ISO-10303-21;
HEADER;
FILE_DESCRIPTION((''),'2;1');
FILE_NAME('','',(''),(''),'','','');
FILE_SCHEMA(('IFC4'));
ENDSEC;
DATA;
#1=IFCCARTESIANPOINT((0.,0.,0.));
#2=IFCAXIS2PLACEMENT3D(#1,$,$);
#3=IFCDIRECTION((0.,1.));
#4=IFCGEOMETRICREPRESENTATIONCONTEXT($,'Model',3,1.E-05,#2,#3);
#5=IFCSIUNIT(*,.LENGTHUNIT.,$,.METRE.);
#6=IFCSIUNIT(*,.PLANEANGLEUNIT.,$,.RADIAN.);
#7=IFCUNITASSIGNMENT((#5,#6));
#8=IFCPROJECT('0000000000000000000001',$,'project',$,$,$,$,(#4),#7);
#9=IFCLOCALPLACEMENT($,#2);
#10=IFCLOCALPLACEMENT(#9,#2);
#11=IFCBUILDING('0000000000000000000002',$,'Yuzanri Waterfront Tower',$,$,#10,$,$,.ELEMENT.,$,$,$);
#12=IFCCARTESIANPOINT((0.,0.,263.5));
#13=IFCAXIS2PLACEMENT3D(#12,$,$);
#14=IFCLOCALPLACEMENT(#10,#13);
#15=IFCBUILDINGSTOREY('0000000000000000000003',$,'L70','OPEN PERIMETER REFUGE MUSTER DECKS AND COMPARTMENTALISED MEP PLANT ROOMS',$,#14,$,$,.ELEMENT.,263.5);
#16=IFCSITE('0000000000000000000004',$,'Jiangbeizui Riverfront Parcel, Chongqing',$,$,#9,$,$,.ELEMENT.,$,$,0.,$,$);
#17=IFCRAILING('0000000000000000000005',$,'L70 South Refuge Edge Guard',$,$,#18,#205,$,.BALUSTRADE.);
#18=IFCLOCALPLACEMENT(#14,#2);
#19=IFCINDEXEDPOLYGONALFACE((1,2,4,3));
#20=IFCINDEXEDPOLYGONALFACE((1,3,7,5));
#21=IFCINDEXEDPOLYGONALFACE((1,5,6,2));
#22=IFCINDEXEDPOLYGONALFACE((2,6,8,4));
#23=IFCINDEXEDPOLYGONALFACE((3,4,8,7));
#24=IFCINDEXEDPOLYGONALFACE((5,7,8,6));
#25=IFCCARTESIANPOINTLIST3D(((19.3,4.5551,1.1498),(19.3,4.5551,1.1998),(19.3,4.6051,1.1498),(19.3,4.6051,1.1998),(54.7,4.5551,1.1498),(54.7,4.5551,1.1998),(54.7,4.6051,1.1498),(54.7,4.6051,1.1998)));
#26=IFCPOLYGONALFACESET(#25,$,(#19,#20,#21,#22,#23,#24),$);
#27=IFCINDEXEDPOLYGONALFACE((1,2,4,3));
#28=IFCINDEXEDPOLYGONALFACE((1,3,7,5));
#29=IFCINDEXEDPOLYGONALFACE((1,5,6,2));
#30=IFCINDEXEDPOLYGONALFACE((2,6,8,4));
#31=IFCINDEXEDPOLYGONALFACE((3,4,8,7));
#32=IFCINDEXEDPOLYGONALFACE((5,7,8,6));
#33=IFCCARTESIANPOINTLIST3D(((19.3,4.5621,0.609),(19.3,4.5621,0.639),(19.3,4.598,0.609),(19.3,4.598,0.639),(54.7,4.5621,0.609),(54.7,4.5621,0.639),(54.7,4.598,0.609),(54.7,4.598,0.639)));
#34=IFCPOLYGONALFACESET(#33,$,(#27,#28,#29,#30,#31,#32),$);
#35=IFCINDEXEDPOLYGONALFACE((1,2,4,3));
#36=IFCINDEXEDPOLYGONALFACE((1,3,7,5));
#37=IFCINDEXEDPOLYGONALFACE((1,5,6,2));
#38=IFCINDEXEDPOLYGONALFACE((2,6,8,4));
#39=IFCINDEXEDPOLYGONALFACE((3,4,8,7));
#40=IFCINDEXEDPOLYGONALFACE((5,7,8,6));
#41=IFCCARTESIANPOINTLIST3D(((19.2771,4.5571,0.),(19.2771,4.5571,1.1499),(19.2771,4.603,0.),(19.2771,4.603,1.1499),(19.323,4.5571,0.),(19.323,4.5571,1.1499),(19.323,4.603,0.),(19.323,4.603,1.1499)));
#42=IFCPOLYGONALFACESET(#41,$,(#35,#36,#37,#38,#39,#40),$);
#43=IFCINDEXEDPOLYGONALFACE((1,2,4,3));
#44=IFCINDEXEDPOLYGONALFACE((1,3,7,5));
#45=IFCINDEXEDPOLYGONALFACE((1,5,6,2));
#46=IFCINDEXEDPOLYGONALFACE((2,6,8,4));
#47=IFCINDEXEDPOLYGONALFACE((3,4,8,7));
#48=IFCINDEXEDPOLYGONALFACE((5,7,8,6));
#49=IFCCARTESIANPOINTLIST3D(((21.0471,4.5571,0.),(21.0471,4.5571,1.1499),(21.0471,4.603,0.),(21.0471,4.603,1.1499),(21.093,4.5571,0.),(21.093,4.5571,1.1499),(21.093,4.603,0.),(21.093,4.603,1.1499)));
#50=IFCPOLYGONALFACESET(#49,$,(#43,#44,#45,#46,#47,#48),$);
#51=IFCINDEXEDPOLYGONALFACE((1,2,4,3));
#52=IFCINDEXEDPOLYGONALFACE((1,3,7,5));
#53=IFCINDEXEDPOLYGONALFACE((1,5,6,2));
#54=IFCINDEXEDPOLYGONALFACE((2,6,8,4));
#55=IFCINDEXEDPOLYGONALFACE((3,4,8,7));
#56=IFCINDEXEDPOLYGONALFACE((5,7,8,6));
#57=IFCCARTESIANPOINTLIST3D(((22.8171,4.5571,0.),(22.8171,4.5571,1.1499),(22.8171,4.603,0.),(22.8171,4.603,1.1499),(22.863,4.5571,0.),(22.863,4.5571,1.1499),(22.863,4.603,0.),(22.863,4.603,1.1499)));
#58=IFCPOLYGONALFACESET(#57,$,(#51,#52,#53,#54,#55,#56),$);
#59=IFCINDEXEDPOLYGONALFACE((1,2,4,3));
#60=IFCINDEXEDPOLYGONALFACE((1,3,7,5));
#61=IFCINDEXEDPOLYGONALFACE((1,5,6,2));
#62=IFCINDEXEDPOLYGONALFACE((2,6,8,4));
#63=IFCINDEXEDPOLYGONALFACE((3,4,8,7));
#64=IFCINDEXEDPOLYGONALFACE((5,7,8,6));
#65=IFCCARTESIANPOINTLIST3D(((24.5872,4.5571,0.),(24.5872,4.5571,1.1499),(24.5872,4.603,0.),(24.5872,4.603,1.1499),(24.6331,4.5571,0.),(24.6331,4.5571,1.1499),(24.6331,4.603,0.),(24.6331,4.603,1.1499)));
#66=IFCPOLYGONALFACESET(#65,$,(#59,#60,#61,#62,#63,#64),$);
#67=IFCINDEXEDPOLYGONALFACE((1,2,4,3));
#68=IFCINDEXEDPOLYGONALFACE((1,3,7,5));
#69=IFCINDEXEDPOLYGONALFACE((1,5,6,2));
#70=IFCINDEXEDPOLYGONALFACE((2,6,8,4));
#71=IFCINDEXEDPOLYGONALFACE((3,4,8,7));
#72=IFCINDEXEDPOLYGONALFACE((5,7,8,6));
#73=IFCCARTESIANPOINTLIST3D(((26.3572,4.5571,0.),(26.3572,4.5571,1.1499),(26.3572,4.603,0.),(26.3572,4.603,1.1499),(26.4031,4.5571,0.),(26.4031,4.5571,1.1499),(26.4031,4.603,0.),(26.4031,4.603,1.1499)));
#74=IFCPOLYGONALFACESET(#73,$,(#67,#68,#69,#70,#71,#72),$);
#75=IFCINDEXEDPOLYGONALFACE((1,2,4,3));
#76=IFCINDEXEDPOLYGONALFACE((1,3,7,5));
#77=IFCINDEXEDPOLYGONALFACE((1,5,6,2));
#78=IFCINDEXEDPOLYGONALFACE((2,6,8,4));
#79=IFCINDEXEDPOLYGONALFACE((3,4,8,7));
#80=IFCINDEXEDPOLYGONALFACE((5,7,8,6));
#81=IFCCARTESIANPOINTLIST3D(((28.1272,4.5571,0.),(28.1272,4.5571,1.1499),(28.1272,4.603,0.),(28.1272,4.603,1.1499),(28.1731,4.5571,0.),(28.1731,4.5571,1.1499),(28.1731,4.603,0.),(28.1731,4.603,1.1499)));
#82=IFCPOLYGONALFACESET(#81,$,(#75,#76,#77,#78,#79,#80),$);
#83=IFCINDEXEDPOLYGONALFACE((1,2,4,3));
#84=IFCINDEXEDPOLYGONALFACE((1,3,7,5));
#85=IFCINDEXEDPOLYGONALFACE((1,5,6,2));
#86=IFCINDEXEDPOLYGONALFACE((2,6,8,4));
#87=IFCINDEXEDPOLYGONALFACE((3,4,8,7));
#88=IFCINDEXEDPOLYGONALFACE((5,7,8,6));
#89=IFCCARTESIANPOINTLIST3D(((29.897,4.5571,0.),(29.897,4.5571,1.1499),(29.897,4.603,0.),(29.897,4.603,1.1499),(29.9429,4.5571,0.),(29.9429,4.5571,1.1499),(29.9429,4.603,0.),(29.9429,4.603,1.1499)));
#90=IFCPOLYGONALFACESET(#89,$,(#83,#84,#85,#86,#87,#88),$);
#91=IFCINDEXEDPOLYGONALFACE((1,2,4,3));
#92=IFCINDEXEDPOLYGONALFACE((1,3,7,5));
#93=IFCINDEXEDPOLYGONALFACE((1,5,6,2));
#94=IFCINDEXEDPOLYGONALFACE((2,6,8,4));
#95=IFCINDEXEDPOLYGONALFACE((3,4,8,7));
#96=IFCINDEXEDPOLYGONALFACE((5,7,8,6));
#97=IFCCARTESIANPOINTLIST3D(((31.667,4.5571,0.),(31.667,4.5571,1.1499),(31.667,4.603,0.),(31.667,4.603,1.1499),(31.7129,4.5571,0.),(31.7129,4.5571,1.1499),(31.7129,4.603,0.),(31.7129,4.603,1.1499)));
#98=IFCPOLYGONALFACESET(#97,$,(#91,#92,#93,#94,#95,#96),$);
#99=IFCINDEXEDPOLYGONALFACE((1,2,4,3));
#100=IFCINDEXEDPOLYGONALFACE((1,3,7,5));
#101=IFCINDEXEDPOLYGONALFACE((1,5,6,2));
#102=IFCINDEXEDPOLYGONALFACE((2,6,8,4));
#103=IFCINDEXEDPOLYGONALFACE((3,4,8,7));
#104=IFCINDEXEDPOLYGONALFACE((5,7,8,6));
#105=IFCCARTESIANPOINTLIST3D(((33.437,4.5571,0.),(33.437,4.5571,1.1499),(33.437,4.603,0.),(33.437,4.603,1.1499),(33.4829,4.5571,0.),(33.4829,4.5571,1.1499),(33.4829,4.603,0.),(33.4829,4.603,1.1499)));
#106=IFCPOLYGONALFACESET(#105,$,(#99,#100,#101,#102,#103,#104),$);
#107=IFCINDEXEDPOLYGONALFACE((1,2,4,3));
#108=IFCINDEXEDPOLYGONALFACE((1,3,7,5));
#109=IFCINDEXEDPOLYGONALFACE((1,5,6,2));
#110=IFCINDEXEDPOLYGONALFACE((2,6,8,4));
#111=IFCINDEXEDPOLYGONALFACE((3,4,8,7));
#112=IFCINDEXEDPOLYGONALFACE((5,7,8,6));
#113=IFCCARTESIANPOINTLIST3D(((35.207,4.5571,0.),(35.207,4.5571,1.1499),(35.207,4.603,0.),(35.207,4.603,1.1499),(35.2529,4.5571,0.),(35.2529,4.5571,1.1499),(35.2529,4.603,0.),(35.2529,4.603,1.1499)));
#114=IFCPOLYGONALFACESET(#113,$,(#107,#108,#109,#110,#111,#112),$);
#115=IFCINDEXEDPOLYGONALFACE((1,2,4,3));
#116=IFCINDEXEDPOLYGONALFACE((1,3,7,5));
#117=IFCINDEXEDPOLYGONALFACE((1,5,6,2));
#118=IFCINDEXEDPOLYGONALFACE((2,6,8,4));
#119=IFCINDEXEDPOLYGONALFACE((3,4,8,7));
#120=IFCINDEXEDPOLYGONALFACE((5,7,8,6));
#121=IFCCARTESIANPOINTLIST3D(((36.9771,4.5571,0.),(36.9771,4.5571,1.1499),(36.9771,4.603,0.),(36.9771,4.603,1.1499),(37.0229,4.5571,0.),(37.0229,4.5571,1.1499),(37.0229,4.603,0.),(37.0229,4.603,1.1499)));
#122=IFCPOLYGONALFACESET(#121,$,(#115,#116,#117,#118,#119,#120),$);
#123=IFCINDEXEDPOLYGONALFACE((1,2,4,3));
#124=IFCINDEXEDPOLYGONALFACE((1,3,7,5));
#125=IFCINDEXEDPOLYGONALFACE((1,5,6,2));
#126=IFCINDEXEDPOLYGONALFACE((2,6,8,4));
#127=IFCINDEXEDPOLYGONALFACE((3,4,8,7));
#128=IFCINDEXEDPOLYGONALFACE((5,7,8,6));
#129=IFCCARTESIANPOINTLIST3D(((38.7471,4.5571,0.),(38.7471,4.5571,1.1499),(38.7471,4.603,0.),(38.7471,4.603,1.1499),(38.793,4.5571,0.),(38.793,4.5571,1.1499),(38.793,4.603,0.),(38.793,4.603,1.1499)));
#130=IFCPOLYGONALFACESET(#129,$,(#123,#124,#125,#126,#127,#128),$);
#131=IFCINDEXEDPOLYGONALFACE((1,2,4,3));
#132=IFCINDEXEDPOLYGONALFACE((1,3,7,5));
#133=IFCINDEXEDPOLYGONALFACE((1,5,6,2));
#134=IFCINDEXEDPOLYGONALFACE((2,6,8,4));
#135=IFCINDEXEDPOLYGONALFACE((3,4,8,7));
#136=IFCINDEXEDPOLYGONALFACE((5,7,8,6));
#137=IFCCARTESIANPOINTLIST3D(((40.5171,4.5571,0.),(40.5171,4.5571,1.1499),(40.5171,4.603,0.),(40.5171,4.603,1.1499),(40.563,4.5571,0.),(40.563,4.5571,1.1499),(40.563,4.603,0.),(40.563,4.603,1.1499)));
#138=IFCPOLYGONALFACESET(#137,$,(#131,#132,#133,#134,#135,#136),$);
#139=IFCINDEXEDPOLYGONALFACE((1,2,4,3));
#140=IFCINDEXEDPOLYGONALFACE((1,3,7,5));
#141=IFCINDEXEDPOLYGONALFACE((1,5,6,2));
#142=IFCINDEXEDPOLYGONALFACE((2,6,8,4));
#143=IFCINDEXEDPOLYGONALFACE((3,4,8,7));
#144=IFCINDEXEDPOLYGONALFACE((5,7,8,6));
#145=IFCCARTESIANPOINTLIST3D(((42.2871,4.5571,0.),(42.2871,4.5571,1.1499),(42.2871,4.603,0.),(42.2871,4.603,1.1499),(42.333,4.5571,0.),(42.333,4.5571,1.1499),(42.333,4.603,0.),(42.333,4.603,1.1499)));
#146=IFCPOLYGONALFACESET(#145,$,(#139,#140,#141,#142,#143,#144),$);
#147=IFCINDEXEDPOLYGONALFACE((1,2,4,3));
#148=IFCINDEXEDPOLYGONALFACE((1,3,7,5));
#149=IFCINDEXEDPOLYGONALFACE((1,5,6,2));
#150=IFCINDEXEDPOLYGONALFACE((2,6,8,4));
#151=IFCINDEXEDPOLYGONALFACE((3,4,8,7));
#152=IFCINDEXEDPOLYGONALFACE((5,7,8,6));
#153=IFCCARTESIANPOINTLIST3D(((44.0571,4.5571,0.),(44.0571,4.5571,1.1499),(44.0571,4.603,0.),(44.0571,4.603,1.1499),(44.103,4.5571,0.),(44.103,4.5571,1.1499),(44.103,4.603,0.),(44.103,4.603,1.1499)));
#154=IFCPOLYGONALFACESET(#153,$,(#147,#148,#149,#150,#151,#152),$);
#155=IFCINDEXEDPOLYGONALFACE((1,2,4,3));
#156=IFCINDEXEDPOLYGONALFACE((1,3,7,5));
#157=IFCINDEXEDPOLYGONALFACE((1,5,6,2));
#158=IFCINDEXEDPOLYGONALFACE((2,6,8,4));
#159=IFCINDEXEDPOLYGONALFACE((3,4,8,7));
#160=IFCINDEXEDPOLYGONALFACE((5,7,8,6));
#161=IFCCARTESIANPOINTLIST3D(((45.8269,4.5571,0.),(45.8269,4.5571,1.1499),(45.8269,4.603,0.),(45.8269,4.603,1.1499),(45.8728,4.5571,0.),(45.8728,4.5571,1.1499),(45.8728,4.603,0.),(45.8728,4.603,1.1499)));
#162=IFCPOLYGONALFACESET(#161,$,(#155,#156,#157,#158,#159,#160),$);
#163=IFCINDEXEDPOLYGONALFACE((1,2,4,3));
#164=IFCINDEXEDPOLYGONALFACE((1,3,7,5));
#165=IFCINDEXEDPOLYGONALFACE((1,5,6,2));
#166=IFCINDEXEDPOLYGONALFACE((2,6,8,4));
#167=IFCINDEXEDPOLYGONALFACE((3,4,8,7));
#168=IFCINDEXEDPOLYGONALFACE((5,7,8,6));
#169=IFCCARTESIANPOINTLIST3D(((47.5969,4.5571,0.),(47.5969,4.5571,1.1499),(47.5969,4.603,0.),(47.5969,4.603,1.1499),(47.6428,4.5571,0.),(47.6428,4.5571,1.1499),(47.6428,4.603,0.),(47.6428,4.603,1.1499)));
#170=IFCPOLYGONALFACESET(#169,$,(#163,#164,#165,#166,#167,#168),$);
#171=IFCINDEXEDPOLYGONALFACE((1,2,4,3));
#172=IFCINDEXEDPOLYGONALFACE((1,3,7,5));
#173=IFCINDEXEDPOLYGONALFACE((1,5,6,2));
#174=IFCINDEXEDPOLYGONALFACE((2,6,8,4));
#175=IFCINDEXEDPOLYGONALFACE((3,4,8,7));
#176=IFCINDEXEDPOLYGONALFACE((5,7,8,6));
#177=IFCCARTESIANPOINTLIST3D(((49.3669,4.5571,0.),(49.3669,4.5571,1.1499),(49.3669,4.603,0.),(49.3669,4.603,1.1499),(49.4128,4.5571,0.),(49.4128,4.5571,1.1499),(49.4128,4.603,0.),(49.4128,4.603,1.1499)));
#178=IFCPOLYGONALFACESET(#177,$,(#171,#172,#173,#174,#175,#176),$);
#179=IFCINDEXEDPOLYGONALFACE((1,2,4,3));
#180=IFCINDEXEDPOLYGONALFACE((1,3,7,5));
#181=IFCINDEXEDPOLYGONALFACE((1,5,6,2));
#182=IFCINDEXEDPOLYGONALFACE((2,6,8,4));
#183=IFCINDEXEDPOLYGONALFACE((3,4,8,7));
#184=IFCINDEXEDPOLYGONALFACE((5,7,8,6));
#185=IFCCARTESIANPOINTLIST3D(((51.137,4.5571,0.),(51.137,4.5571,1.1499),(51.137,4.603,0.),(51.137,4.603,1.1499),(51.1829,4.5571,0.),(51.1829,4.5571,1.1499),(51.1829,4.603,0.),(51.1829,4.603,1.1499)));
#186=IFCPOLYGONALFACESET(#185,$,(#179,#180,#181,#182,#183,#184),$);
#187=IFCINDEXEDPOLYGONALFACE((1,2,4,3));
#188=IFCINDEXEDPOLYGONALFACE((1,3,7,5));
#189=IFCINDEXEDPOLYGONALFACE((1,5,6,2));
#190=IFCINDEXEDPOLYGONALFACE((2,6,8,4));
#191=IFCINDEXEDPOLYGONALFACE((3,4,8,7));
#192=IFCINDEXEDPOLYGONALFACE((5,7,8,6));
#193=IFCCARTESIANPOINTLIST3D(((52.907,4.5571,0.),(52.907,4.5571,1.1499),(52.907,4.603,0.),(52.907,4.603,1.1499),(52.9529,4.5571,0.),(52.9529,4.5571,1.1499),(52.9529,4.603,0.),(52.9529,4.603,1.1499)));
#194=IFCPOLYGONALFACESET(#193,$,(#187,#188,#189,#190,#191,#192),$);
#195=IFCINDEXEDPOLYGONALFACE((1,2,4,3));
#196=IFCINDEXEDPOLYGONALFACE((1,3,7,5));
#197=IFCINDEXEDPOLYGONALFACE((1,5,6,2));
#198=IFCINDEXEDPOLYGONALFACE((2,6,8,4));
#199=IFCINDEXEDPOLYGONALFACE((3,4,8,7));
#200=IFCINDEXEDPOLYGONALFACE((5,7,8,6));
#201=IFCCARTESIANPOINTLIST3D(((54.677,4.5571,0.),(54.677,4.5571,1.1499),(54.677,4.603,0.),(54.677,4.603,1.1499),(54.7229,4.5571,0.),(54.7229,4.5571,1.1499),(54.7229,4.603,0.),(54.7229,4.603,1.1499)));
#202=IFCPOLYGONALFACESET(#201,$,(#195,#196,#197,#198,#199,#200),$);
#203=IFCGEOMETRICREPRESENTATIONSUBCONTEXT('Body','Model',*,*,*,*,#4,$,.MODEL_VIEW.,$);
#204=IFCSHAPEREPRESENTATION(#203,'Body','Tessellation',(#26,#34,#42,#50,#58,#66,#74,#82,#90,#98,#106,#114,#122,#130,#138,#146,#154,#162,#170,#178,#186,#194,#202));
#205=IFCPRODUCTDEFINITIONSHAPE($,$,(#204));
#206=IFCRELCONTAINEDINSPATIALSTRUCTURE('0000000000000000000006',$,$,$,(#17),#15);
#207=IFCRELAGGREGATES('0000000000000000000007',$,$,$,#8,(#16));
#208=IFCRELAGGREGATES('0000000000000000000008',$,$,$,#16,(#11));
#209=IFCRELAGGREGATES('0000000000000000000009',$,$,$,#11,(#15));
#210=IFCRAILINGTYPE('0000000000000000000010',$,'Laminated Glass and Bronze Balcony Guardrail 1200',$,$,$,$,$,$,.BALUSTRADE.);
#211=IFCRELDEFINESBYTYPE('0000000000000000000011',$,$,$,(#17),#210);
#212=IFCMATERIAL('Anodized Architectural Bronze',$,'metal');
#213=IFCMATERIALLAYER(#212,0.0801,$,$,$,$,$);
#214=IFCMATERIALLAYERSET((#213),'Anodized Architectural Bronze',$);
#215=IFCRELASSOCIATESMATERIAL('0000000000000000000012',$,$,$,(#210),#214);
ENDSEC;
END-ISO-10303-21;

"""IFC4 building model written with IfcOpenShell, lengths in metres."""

from ifc_helpers import new_model, si_unit, direction, frame, origin, origin_2d, place, context, subcontext, project, spatial, rectangle, extrude, source, transform, mapped, material, layer, layer_set, type_object, element, save


model = new_model("IFC4")

# Units and contexts
model_context = context("Model", 3, precision=1e-05, world=origin(), true_north=direction((0.0, 1.0)))
body_context = subcontext(model_context, "Body", "Model", "MODEL_VIEW")
ifc_project = project(units=[si_unit("LENGTHUNIT", "METRE"), si_unit("PLANEANGLEUNIT", "RADIAN")], contexts=[model_context])

# Site, building, storey
site_placement = place(None, origin())
site = spatial("IfcSite", under=ifc_project, at=site_placement, Name="Jiangbeizui Riverfront Parcel, Chongqing", CompositionType="ELEMENT", RefElevation=0.0)
building_placement = place(site_placement, origin())
building = spatial("IfcBuilding", under=site, at=building_placement, Name="Yuzanri Waterfront Tower", CompositionType="ELEMENT")
storey_placement = place(building_placement, frame((0.0, 0.0, 263.5)))
storey = spatial("IfcBuildingStorey", under=building, at=storey_placement, Name="L70", Description="OPEN PERIMETER REFUGE MUSTER DECKS AND COMPARTMENTALISED MEP PLANT ROOMS", CompositionType="ELEMENT", Elevation=263.5)

# Railing
ifc_material_1 = material(Name="Anodized Architectural Bronze", Category="metal")
ifc_layer_1 = layer(ifc_material_1, 0.0801)
ifc_layer_set_1 = layer_set([ifc_layer_1], Name="Anodized Architectural Bronze")
railing_type = type_object("IfcRailingType", Name="Laminated Glass and Bronze Balcony Guardrail 1200", PredefinedType="BALUSTRADE", material=ifc_layer_set_1)
shared_shape_1 = source(origin(), body_context, "Body", "SweptSolid", [
    extrude(rectangle(XDim=0.05, YDim=0.05, at=origin_2d()), frame((0.0, 0.0, 1.1748), z_axis=(1.0, 0.0, 0.0), x_axis=(0.0, 1.0, 0.0)), (0.0, 0.0, 1.0), 35.3999),
    extrude(rectangle(XDim=0.0359, YDim=0.03, at=origin_2d()), frame((0.0, 0.0, 0.624), z_axis=(1.0, 0.0, 0.0), x_axis=(0.0, 1.0, 0.0)), (0.0, 0.0, 1.0), 35.3999),
    extrude(rectangle(XDim=0.0459, YDim=0.0459, at=origin_2d()), origin(), (0.0, 0.0, 1.0), 1.1499),
    extrude(rectangle(XDim=0.0459, YDim=0.0459, at=origin_2d()), frame((1.77, 0.0, 0.0)), (0.0, 0.0, 1.0), 1.1499),
    extrude(rectangle(XDim=0.0459, YDim=0.0459, at=origin_2d()), frame((3.54, 0.0, 0.0)), (0.0, 0.0, 1.0), 1.1499),
    extrude(rectangle(XDim=0.0459, YDim=0.0459, at=origin_2d()), frame((5.3101, 0.0, 0.0)), (0.0, 0.0, 1.0), 1.1499),
    extrude(rectangle(XDim=0.0459, YDim=0.0459, at=origin_2d()), frame((7.0801, 0.0, 0.0)), (0.0, 0.0, 1.0), 1.1499),
    extrude(rectangle(XDim=0.0459, YDim=0.0459, at=origin_2d()), frame((8.8501, 0.0, 0.0)), (0.0, 0.0, 1.0), 1.1499),
    extrude(rectangle(XDim=0.0459, YDim=0.0459, at=origin_2d()), frame((10.6199, 0.0, 0.0)), (0.0, 0.0, 1.0), 1.1499),
    extrude(rectangle(XDim=0.0459, YDim=0.0459, at=origin_2d()), frame((12.3899, 0.0, 0.0)), (0.0, 0.0, 1.0), 1.1499),
    extrude(rectangle(XDim=0.0459, YDim=0.0459, at=origin_2d()), frame((14.1599, 0.0, 0.0)), (0.0, 0.0, 1.0), 1.1499),
    extrude(rectangle(XDim=0.0459, YDim=0.0459, at=origin_2d()), frame((15.9299, 0.0, 0.0)), (0.0, 0.0, 1.0), 1.1499),
    extrude(rectangle(XDim=0.0459, YDim=0.0459, at=origin_2d()), frame((17.7, 0.0, 0.0)), (0.0, 0.0, 1.0), 1.1499),
    extrude(rectangle(XDim=0.0459, YDim=0.0459, at=origin_2d()), frame((19.47, 0.0, 0.0)), (0.0, 0.0, 1.0), 1.1499),
    extrude(rectangle(XDim=0.0459, YDim=0.0459, at=origin_2d()), frame((21.24, 0.0, 0.0)), (0.0, 0.0, 1.0), 1.1499),
    extrude(rectangle(XDim=0.0459, YDim=0.0459, at=origin_2d()), frame((23.01, 0.0, 0.0)), (0.0, 0.0, 1.0), 1.1499),
    extrude(rectangle(XDim=0.0459, YDim=0.0459, at=origin_2d()), frame((24.78, 0.0, 0.0)), (0.0, 0.0, 1.0), 1.1499),
    extrude(rectangle(XDim=0.0459, YDim=0.0459, at=origin_2d()), frame((26.5498, 0.0, 0.0)), (0.0, 0.0, 1.0), 1.1499),
    extrude(rectangle(XDim=0.0459, YDim=0.0459, at=origin_2d()), frame((28.3198, 0.0, 0.0)), (0.0, 0.0, 1.0), 1.1499),
    extrude(rectangle(XDim=0.0459, YDim=0.0459, at=origin_2d()), frame((30.0898, 0.0, 0.0)), (0.0, 0.0, 1.0), 1.1499),
    extrude(rectangle(XDim=0.0459, YDim=0.0459, at=origin_2d()), frame((31.8599, 0.0, 0.0)), (0.0, 0.0, 1.0), 1.1499),
    extrude(rectangle(XDim=0.0459, YDim=0.0459, at=origin_2d()), frame((33.6299, 0.0, 0.0)), (0.0, 0.0, 1.0), 1.1499),
    extrude(rectangle(XDim=0.0459, YDim=0.0459, at=origin_2d()), frame((35.3999, 0.0, 0.0)), (0.0, 0.0, 1.0), 1.1499),
])
railing_1_placement = place(storey_placement, frame((19.3, 4.5801, 0.0)))
element("IfcRailing", 1, at=railing_1_placement, inside=storey, type_object=railing_type, Name="L70 South Refuge Edge Guard", PredefinedType="BALUSTRADE", context=body_context, shape_type="MappedRepresentation", body=[
    mapped(shared_shape_1, transform((0.0, 0.0, 0.0), scale=1.0)),
])

save(model, "model.ifc")
